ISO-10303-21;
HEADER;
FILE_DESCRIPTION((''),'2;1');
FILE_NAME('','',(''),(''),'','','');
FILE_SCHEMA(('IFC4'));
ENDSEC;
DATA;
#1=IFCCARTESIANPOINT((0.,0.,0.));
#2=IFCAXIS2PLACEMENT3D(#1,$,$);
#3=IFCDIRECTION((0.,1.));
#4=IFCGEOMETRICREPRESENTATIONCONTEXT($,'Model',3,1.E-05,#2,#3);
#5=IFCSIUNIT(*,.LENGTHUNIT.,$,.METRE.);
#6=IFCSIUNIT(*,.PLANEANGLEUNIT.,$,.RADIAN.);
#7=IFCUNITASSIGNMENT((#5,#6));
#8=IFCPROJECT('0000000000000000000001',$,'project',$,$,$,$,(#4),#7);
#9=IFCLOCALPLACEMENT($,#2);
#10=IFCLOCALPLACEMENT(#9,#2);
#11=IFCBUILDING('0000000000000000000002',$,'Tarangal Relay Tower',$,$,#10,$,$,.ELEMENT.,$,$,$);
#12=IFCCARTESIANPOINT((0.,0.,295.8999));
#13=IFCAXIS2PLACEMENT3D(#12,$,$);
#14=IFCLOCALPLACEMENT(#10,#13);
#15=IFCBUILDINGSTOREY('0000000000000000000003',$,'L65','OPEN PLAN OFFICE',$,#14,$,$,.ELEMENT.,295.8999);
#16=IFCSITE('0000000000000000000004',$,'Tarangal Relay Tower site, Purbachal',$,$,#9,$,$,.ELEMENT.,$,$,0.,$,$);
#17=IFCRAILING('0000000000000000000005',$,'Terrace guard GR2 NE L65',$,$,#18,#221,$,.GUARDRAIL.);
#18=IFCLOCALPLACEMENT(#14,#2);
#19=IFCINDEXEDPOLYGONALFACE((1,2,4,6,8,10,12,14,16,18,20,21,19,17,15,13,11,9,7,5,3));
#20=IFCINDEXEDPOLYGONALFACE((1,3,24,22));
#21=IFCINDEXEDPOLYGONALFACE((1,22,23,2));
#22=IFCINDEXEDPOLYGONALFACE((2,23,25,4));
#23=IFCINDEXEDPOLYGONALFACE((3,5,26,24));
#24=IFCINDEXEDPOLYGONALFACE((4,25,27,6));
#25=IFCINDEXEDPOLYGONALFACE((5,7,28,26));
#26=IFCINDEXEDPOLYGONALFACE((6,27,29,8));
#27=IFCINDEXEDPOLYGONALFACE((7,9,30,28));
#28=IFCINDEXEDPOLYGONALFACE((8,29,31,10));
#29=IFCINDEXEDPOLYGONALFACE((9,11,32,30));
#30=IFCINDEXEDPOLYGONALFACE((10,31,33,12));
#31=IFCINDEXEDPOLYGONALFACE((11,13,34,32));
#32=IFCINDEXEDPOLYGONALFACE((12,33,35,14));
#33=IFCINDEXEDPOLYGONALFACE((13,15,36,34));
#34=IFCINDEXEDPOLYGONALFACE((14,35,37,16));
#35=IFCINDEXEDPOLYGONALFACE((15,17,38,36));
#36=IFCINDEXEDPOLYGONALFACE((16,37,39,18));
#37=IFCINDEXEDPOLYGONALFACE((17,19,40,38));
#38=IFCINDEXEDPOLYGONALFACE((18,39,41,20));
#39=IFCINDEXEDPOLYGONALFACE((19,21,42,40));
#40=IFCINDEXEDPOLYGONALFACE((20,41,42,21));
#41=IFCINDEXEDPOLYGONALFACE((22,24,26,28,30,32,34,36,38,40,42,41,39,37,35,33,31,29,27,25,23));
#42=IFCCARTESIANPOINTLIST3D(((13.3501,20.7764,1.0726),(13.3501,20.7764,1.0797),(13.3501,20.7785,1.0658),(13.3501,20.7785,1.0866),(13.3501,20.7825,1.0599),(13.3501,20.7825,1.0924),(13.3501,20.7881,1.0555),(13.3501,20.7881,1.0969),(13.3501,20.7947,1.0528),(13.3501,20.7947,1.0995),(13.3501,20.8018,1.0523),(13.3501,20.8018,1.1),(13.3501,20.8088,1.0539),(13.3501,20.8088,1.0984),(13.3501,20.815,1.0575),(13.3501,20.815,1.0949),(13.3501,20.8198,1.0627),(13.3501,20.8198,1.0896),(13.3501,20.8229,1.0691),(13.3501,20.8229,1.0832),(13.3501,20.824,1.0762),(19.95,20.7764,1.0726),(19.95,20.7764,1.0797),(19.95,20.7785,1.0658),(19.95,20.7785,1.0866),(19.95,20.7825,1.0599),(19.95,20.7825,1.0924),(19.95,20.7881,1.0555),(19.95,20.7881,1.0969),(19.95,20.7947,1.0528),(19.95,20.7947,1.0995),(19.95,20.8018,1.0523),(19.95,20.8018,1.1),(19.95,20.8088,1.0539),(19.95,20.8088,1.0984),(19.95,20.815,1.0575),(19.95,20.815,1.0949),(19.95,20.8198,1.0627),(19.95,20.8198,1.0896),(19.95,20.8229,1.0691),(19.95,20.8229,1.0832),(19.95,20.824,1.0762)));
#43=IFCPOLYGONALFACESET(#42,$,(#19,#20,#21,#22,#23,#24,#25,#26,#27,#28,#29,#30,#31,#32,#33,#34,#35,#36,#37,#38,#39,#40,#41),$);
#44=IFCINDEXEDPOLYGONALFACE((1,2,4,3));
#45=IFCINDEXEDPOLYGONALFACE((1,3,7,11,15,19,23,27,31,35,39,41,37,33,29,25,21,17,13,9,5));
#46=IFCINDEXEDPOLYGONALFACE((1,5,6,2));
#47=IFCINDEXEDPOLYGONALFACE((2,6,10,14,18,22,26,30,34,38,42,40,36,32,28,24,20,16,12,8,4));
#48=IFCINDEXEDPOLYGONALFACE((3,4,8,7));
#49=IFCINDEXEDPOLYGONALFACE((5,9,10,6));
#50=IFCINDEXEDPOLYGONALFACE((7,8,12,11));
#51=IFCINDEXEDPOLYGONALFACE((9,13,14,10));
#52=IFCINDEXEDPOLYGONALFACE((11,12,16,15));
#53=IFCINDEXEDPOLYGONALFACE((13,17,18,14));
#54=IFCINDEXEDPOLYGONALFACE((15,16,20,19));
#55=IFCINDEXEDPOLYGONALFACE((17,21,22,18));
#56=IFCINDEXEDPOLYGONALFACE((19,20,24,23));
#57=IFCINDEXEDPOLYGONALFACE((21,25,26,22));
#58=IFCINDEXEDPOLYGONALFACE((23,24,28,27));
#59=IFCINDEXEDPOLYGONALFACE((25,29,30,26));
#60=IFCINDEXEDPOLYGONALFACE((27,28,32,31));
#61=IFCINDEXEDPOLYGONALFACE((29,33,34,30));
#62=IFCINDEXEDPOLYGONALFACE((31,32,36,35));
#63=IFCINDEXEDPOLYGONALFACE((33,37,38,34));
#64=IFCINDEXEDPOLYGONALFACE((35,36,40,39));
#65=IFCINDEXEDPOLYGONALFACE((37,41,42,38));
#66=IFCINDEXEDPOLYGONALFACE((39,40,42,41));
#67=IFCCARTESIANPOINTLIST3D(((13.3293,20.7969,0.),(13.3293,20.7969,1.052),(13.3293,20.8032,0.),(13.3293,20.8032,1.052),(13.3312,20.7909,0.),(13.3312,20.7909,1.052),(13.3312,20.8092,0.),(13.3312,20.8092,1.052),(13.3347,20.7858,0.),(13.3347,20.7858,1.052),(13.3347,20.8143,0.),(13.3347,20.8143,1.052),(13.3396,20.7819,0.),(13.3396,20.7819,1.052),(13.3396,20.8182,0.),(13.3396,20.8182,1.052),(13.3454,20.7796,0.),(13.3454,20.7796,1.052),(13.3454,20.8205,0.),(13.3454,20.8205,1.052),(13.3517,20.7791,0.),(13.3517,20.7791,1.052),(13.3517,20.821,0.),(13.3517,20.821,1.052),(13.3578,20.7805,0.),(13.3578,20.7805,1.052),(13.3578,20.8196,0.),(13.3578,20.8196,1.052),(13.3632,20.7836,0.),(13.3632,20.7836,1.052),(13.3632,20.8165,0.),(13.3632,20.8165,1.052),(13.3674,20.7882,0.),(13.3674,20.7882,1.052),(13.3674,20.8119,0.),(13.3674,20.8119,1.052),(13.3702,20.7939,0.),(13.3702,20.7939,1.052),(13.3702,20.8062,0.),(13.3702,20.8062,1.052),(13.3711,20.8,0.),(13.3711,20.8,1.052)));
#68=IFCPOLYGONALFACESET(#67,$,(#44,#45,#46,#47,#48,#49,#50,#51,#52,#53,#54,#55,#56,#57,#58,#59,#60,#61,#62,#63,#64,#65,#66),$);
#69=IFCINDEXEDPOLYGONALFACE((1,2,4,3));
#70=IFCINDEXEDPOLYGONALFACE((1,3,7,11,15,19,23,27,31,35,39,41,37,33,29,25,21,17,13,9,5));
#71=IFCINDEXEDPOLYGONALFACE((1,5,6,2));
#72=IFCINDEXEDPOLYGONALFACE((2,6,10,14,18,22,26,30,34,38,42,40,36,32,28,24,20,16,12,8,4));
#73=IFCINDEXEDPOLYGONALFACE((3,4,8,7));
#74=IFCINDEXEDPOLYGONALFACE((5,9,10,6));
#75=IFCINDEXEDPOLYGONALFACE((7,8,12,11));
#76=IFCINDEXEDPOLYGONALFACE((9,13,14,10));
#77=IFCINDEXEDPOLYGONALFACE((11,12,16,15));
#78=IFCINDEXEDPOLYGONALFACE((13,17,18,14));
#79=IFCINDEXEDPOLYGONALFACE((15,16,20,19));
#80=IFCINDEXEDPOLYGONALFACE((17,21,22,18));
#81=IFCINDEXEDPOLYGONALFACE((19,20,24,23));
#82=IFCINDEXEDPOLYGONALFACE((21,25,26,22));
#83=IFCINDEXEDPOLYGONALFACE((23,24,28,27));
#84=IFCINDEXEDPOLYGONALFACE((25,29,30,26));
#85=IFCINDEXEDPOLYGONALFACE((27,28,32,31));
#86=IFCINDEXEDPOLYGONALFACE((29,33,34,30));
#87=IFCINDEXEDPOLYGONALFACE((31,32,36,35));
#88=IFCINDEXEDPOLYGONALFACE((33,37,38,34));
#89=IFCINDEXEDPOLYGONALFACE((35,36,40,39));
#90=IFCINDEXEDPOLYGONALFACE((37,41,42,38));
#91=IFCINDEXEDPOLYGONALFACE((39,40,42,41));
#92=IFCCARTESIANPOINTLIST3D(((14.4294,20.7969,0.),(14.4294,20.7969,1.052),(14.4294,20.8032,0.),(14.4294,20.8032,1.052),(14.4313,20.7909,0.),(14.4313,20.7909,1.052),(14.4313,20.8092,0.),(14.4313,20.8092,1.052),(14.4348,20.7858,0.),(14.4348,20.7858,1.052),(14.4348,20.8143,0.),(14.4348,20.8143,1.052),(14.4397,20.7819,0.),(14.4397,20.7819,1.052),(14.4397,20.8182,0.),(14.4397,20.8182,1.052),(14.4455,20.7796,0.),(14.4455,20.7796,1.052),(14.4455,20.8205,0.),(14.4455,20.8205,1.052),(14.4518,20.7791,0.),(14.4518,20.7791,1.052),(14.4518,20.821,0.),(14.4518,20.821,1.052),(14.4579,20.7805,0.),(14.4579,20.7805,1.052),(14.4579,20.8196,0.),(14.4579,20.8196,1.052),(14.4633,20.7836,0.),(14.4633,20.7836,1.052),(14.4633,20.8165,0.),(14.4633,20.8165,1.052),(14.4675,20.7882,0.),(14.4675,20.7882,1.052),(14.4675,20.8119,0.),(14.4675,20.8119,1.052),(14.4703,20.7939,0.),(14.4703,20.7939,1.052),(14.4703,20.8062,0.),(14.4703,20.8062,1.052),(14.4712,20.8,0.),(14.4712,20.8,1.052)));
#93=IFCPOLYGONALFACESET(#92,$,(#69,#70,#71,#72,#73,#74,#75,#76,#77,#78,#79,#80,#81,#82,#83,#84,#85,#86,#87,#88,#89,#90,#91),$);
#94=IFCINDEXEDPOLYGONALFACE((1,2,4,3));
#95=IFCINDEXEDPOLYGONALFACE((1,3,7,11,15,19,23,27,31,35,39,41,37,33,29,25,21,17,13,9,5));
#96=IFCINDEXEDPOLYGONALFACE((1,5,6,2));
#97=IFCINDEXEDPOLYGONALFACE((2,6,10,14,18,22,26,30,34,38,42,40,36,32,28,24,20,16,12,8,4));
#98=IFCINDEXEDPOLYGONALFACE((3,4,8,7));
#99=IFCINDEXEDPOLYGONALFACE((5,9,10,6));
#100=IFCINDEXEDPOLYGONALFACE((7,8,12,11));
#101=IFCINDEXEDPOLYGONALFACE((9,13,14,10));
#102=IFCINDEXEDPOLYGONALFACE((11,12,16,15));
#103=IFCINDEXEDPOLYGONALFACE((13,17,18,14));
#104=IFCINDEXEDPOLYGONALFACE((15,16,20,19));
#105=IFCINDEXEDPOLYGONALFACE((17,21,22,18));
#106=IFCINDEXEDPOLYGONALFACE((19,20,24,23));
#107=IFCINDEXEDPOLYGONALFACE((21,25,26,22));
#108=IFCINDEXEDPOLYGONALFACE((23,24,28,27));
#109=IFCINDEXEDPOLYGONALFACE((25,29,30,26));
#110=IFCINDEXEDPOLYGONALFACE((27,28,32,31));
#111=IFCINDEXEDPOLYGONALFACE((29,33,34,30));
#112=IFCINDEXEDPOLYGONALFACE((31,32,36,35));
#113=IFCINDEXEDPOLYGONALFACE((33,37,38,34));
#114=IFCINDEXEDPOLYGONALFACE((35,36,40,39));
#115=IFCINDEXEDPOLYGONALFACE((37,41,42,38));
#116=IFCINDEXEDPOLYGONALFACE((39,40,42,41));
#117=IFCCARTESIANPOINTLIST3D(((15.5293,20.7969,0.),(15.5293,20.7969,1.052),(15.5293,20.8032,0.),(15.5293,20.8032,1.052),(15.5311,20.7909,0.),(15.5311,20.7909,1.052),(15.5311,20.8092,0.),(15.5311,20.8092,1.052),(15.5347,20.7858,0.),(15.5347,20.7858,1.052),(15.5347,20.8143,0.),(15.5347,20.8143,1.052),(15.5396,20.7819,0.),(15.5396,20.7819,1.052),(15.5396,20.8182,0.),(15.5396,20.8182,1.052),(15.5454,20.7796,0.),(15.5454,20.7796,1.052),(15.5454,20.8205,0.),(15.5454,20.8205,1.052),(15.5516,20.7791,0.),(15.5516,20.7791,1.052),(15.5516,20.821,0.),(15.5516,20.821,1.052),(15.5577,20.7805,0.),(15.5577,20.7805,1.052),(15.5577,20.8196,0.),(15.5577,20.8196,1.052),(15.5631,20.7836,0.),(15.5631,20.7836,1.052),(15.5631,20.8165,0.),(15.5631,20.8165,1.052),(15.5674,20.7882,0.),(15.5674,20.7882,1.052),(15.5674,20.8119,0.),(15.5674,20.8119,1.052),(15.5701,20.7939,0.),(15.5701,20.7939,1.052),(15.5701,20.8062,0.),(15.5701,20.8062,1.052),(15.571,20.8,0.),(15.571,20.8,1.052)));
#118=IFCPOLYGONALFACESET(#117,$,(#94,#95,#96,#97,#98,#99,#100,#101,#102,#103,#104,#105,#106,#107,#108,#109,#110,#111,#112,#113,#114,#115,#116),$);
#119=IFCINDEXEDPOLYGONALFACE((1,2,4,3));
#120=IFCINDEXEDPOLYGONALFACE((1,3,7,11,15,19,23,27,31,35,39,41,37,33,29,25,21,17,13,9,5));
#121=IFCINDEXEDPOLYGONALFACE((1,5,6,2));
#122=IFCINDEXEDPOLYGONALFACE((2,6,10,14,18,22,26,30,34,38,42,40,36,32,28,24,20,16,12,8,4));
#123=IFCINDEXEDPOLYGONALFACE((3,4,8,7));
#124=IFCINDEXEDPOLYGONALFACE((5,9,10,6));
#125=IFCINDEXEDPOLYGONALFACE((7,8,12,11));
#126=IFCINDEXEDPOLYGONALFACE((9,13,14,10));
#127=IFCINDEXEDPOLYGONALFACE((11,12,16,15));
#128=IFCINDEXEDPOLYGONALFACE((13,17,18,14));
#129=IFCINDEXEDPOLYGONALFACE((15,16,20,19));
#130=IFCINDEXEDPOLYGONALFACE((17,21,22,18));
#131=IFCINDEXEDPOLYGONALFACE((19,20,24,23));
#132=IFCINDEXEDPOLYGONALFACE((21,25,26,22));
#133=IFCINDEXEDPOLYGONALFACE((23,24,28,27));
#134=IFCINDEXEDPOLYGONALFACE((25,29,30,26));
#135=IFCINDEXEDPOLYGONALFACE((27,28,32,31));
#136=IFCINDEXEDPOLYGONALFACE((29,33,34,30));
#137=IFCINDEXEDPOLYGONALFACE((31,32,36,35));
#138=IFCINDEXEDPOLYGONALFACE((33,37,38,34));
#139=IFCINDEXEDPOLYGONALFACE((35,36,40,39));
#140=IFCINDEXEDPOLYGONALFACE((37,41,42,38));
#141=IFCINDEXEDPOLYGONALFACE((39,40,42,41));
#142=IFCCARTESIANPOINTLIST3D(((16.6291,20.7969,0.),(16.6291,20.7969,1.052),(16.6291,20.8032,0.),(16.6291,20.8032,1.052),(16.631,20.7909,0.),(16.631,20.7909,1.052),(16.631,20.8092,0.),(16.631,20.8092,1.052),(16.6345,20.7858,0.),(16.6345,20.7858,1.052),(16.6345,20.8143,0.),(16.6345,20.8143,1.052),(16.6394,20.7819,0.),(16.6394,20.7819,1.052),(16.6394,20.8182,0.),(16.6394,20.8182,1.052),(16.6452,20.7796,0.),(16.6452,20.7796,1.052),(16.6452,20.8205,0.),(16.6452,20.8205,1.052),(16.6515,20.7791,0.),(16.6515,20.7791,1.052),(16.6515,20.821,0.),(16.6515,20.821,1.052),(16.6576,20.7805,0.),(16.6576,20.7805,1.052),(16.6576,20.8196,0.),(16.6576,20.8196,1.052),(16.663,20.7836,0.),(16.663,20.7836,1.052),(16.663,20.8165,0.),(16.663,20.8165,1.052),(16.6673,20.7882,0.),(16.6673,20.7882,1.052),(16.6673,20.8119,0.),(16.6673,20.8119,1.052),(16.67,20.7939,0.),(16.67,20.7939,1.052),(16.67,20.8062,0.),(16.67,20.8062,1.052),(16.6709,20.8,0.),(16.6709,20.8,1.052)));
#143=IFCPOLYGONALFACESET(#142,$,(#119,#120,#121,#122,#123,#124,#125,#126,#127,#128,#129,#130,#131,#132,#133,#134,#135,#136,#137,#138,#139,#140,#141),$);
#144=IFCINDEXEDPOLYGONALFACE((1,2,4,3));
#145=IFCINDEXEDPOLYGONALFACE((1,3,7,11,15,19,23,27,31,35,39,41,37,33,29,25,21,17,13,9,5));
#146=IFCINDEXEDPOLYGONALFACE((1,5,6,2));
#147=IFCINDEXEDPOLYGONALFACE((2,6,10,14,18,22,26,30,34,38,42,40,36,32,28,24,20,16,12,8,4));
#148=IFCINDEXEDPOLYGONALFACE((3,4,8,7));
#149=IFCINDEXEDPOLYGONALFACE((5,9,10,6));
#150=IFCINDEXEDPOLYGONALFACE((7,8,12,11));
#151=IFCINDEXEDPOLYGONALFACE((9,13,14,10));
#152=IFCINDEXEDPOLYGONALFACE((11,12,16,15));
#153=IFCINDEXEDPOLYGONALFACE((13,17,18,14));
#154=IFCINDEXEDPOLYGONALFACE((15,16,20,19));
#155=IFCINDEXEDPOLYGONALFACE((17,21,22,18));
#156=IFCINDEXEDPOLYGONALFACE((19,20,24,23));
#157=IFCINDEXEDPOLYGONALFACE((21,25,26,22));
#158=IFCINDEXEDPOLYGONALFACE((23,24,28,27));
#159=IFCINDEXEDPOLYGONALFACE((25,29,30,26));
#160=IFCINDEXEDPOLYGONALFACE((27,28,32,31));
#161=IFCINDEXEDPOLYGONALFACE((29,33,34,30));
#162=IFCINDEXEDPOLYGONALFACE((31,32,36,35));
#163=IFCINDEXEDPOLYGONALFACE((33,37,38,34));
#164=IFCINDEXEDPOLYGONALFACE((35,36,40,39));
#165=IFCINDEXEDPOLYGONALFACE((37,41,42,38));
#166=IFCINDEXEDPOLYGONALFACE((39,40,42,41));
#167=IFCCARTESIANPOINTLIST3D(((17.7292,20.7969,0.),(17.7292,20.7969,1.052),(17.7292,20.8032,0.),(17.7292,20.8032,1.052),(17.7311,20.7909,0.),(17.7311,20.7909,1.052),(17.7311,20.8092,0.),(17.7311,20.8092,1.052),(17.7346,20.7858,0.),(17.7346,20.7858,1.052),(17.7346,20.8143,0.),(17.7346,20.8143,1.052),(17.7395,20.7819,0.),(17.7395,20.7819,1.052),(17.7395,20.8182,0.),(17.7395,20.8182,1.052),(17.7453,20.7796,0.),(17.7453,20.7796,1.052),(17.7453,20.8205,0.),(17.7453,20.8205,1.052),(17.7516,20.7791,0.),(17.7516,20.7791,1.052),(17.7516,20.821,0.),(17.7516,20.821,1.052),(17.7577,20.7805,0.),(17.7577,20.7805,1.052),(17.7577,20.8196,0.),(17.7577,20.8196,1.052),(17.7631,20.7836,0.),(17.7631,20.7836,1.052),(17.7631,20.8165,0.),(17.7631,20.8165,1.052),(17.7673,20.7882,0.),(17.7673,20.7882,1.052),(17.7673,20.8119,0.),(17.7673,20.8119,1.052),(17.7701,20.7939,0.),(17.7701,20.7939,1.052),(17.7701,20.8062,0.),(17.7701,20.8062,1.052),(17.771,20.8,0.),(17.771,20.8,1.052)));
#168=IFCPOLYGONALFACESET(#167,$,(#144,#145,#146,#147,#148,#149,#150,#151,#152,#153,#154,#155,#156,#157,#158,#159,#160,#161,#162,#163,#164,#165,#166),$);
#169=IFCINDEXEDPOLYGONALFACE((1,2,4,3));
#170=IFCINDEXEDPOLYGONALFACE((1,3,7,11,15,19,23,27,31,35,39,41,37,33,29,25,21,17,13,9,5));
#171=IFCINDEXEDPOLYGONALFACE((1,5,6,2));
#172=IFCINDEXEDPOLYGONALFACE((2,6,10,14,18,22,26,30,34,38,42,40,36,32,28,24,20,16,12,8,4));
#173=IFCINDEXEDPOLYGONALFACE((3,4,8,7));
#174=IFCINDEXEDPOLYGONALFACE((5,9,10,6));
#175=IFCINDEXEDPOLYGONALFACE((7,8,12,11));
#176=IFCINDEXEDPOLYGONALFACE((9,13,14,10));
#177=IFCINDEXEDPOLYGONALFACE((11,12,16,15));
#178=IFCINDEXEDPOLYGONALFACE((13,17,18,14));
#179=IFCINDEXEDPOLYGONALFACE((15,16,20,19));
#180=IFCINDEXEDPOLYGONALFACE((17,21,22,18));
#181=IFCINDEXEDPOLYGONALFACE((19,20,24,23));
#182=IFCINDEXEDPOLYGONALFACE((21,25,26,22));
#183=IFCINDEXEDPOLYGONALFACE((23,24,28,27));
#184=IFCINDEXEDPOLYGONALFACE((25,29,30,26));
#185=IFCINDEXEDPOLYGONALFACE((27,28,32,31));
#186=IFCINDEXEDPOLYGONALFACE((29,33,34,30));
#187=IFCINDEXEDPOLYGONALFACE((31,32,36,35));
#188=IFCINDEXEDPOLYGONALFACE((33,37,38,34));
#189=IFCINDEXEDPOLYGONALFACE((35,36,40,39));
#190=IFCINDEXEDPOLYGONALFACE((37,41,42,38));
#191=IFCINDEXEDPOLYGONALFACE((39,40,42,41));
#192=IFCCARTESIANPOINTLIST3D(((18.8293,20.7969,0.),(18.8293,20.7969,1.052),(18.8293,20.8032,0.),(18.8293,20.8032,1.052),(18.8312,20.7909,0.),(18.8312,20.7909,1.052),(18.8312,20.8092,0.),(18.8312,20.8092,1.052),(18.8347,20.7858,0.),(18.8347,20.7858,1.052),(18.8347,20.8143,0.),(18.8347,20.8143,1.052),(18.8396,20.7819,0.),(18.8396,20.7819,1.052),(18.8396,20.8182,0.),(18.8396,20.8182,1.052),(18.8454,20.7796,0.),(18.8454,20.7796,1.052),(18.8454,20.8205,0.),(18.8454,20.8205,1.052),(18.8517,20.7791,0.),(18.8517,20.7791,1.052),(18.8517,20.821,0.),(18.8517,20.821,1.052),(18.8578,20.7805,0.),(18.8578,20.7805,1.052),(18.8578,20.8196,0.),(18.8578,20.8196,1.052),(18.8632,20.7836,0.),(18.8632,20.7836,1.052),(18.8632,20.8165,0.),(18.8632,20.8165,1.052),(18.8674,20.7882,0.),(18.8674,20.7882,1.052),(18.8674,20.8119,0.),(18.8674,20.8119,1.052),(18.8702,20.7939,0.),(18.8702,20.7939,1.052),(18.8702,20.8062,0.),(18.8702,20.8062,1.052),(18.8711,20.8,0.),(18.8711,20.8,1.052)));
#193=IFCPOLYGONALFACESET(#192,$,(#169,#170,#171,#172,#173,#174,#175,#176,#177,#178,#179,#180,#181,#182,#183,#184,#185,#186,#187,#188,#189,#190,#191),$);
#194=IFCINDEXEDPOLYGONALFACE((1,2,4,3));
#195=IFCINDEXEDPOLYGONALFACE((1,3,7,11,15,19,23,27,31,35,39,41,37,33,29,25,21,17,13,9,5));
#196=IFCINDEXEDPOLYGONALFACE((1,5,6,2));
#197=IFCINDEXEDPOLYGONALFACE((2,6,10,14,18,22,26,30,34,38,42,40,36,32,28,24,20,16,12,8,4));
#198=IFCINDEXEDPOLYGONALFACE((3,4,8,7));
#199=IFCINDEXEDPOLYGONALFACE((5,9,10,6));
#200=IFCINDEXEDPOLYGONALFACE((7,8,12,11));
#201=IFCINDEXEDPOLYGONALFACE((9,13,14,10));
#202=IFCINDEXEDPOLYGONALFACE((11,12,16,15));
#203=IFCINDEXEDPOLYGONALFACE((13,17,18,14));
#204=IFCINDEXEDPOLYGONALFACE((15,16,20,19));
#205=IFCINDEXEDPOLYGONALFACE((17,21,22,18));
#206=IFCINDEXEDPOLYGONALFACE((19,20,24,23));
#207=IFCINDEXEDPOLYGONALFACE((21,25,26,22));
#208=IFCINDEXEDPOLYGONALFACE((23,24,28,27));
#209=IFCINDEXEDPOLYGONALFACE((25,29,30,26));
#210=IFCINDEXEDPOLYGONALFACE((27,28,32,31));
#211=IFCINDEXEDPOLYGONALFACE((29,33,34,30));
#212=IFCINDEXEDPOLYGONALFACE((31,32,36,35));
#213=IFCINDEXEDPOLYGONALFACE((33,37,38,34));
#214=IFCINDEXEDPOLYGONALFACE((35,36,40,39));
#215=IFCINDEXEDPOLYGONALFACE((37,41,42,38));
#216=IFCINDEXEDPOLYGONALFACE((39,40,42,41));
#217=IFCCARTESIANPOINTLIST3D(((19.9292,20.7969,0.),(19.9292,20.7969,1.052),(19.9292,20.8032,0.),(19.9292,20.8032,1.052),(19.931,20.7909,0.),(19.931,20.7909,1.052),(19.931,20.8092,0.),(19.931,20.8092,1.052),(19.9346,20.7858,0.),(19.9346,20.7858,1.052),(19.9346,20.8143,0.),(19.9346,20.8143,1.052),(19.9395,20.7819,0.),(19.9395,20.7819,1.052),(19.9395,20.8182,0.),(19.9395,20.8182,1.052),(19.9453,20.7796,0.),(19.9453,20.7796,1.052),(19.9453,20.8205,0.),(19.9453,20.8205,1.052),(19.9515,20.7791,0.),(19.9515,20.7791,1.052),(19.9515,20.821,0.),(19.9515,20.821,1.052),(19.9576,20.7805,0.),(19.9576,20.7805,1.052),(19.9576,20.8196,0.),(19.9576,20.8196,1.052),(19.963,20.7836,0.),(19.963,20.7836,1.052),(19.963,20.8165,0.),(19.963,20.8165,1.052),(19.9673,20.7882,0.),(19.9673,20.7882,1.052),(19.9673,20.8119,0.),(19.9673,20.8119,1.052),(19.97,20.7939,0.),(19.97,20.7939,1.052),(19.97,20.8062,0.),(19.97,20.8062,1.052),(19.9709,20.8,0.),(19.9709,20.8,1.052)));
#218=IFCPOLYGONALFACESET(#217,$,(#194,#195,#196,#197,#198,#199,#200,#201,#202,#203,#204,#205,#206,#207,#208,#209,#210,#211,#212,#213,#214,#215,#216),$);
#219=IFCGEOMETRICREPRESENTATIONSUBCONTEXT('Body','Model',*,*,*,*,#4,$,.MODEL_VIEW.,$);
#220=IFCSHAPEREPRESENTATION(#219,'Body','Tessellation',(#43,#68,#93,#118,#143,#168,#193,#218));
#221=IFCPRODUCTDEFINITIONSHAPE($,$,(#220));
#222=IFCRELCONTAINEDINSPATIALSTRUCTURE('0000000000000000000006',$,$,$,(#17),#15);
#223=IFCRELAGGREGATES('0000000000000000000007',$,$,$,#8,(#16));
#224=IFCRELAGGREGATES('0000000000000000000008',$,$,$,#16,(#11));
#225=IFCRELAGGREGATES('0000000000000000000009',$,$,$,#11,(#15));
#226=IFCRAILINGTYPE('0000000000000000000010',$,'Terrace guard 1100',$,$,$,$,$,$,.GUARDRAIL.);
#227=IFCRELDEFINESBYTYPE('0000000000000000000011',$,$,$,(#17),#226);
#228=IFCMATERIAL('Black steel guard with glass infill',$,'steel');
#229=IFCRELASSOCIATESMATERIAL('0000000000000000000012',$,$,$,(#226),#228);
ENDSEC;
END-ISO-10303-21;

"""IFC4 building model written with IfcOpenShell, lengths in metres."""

from ifc_helpers import new_model, si_unit, direction, frame, origin, origin_2d, place, context, subcontext, project, spatial, circle, extrude, material, type_object, element, save


model = new_model("IFC4")

# Units and contexts
model_context = context("Model", 3, precision=1e-05, world=origin(), true_north=direction((0.0, 1.0)))
body_context = subcontext(model_context, "Body", "Model", "MODEL_VIEW")
ifc_project = project(units=[si_unit("LENGTHUNIT", "METRE"), si_unit("PLANEANGLEUNIT", "RADIAN")], contexts=[model_context])

# Site, building, storey
site_placement = place(None, origin())
site = spatial("IfcSite", under=ifc_project, at=site_placement, Name="Tarangal Relay Tower site, Purbachal", CompositionType="ELEMENT", RefElevation=0.0)
building_placement = place(site_placement, origin())
building = spatial("IfcBuilding", under=site, at=building_placement, Name="Tarangal Relay Tower", CompositionType="ELEMENT")
storey_placement = place(building_placement, frame((0.0, 0.0, 295.8999)))
storey = spatial("IfcBuildingStorey", under=building, at=storey_placement, Name="L65", Description="OPEN PLAN OFFICE", CompositionType="ELEMENT", Elevation=295.8999)

# Railing
ifc_material_1 = material(Name="Black steel guard with glass infill", Category="steel")
railing_type = type_object("IfcRailingType", Name="Terrace guard 1100", PredefinedType="GUARDRAIL", material=ifc_material_1)
railing_1_placement = place(storey_placement, frame((13.3501, 20.8, 0.0)))
element("IfcRailing", 1, at=railing_1_placement, inside=storey, type_object=railing_type, Name="Terrace guard GR2 NE L65", PredefinedType="GUARDRAIL", context=body_context, shape_type="SweptSolid", body=[
    extrude(circle(Radius=0.0239, at=origin_2d()), frame((0.0, 0.0, 1.0762), z_axis=(1.0, 0.0, 0.0), x_axis=(0.0, 1.0, 0.0)), (0.0, 0.0, 1.0), 6.5999),
    extrude(circle(Radius=0.021, at=origin_2d()), origin(), (0.0, 0.0, 1.0), 1.052),
    extrude(circle(Radius=0.021, at=origin_2d()), frame((1.1001, 0.0, 0.0)), (0.0, 0.0, 1.0), 1.052),
    extrude(circle(Radius=0.021, at=origin_2d()), frame((2.2, 0.0, 0.0)), (0.0, 0.0, 1.0), 1.052),
    extrude(circle(Radius=0.021, at=origin_2d()), frame((3.2998, 0.0, 0.0)), (0.0, 0.0, 1.0), 1.052),
    extrude(circle(Radius=0.021, at=origin_2d()), frame((4.3999, 0.0, 0.0)), (0.0, 0.0, 1.0), 1.052),
    extrude(circle(Radius=0.021, at=origin_2d()), frame((5.5, 0.0, 0.0)), (0.0, 0.0, 1.0), 1.052),
    extrude(circle(Radius=0.021, at=origin_2d()), frame((6.5999, 0.0, 0.0)), (0.0, 0.0, 1.0), 1.052),
])

save(model, "model.ifc")
